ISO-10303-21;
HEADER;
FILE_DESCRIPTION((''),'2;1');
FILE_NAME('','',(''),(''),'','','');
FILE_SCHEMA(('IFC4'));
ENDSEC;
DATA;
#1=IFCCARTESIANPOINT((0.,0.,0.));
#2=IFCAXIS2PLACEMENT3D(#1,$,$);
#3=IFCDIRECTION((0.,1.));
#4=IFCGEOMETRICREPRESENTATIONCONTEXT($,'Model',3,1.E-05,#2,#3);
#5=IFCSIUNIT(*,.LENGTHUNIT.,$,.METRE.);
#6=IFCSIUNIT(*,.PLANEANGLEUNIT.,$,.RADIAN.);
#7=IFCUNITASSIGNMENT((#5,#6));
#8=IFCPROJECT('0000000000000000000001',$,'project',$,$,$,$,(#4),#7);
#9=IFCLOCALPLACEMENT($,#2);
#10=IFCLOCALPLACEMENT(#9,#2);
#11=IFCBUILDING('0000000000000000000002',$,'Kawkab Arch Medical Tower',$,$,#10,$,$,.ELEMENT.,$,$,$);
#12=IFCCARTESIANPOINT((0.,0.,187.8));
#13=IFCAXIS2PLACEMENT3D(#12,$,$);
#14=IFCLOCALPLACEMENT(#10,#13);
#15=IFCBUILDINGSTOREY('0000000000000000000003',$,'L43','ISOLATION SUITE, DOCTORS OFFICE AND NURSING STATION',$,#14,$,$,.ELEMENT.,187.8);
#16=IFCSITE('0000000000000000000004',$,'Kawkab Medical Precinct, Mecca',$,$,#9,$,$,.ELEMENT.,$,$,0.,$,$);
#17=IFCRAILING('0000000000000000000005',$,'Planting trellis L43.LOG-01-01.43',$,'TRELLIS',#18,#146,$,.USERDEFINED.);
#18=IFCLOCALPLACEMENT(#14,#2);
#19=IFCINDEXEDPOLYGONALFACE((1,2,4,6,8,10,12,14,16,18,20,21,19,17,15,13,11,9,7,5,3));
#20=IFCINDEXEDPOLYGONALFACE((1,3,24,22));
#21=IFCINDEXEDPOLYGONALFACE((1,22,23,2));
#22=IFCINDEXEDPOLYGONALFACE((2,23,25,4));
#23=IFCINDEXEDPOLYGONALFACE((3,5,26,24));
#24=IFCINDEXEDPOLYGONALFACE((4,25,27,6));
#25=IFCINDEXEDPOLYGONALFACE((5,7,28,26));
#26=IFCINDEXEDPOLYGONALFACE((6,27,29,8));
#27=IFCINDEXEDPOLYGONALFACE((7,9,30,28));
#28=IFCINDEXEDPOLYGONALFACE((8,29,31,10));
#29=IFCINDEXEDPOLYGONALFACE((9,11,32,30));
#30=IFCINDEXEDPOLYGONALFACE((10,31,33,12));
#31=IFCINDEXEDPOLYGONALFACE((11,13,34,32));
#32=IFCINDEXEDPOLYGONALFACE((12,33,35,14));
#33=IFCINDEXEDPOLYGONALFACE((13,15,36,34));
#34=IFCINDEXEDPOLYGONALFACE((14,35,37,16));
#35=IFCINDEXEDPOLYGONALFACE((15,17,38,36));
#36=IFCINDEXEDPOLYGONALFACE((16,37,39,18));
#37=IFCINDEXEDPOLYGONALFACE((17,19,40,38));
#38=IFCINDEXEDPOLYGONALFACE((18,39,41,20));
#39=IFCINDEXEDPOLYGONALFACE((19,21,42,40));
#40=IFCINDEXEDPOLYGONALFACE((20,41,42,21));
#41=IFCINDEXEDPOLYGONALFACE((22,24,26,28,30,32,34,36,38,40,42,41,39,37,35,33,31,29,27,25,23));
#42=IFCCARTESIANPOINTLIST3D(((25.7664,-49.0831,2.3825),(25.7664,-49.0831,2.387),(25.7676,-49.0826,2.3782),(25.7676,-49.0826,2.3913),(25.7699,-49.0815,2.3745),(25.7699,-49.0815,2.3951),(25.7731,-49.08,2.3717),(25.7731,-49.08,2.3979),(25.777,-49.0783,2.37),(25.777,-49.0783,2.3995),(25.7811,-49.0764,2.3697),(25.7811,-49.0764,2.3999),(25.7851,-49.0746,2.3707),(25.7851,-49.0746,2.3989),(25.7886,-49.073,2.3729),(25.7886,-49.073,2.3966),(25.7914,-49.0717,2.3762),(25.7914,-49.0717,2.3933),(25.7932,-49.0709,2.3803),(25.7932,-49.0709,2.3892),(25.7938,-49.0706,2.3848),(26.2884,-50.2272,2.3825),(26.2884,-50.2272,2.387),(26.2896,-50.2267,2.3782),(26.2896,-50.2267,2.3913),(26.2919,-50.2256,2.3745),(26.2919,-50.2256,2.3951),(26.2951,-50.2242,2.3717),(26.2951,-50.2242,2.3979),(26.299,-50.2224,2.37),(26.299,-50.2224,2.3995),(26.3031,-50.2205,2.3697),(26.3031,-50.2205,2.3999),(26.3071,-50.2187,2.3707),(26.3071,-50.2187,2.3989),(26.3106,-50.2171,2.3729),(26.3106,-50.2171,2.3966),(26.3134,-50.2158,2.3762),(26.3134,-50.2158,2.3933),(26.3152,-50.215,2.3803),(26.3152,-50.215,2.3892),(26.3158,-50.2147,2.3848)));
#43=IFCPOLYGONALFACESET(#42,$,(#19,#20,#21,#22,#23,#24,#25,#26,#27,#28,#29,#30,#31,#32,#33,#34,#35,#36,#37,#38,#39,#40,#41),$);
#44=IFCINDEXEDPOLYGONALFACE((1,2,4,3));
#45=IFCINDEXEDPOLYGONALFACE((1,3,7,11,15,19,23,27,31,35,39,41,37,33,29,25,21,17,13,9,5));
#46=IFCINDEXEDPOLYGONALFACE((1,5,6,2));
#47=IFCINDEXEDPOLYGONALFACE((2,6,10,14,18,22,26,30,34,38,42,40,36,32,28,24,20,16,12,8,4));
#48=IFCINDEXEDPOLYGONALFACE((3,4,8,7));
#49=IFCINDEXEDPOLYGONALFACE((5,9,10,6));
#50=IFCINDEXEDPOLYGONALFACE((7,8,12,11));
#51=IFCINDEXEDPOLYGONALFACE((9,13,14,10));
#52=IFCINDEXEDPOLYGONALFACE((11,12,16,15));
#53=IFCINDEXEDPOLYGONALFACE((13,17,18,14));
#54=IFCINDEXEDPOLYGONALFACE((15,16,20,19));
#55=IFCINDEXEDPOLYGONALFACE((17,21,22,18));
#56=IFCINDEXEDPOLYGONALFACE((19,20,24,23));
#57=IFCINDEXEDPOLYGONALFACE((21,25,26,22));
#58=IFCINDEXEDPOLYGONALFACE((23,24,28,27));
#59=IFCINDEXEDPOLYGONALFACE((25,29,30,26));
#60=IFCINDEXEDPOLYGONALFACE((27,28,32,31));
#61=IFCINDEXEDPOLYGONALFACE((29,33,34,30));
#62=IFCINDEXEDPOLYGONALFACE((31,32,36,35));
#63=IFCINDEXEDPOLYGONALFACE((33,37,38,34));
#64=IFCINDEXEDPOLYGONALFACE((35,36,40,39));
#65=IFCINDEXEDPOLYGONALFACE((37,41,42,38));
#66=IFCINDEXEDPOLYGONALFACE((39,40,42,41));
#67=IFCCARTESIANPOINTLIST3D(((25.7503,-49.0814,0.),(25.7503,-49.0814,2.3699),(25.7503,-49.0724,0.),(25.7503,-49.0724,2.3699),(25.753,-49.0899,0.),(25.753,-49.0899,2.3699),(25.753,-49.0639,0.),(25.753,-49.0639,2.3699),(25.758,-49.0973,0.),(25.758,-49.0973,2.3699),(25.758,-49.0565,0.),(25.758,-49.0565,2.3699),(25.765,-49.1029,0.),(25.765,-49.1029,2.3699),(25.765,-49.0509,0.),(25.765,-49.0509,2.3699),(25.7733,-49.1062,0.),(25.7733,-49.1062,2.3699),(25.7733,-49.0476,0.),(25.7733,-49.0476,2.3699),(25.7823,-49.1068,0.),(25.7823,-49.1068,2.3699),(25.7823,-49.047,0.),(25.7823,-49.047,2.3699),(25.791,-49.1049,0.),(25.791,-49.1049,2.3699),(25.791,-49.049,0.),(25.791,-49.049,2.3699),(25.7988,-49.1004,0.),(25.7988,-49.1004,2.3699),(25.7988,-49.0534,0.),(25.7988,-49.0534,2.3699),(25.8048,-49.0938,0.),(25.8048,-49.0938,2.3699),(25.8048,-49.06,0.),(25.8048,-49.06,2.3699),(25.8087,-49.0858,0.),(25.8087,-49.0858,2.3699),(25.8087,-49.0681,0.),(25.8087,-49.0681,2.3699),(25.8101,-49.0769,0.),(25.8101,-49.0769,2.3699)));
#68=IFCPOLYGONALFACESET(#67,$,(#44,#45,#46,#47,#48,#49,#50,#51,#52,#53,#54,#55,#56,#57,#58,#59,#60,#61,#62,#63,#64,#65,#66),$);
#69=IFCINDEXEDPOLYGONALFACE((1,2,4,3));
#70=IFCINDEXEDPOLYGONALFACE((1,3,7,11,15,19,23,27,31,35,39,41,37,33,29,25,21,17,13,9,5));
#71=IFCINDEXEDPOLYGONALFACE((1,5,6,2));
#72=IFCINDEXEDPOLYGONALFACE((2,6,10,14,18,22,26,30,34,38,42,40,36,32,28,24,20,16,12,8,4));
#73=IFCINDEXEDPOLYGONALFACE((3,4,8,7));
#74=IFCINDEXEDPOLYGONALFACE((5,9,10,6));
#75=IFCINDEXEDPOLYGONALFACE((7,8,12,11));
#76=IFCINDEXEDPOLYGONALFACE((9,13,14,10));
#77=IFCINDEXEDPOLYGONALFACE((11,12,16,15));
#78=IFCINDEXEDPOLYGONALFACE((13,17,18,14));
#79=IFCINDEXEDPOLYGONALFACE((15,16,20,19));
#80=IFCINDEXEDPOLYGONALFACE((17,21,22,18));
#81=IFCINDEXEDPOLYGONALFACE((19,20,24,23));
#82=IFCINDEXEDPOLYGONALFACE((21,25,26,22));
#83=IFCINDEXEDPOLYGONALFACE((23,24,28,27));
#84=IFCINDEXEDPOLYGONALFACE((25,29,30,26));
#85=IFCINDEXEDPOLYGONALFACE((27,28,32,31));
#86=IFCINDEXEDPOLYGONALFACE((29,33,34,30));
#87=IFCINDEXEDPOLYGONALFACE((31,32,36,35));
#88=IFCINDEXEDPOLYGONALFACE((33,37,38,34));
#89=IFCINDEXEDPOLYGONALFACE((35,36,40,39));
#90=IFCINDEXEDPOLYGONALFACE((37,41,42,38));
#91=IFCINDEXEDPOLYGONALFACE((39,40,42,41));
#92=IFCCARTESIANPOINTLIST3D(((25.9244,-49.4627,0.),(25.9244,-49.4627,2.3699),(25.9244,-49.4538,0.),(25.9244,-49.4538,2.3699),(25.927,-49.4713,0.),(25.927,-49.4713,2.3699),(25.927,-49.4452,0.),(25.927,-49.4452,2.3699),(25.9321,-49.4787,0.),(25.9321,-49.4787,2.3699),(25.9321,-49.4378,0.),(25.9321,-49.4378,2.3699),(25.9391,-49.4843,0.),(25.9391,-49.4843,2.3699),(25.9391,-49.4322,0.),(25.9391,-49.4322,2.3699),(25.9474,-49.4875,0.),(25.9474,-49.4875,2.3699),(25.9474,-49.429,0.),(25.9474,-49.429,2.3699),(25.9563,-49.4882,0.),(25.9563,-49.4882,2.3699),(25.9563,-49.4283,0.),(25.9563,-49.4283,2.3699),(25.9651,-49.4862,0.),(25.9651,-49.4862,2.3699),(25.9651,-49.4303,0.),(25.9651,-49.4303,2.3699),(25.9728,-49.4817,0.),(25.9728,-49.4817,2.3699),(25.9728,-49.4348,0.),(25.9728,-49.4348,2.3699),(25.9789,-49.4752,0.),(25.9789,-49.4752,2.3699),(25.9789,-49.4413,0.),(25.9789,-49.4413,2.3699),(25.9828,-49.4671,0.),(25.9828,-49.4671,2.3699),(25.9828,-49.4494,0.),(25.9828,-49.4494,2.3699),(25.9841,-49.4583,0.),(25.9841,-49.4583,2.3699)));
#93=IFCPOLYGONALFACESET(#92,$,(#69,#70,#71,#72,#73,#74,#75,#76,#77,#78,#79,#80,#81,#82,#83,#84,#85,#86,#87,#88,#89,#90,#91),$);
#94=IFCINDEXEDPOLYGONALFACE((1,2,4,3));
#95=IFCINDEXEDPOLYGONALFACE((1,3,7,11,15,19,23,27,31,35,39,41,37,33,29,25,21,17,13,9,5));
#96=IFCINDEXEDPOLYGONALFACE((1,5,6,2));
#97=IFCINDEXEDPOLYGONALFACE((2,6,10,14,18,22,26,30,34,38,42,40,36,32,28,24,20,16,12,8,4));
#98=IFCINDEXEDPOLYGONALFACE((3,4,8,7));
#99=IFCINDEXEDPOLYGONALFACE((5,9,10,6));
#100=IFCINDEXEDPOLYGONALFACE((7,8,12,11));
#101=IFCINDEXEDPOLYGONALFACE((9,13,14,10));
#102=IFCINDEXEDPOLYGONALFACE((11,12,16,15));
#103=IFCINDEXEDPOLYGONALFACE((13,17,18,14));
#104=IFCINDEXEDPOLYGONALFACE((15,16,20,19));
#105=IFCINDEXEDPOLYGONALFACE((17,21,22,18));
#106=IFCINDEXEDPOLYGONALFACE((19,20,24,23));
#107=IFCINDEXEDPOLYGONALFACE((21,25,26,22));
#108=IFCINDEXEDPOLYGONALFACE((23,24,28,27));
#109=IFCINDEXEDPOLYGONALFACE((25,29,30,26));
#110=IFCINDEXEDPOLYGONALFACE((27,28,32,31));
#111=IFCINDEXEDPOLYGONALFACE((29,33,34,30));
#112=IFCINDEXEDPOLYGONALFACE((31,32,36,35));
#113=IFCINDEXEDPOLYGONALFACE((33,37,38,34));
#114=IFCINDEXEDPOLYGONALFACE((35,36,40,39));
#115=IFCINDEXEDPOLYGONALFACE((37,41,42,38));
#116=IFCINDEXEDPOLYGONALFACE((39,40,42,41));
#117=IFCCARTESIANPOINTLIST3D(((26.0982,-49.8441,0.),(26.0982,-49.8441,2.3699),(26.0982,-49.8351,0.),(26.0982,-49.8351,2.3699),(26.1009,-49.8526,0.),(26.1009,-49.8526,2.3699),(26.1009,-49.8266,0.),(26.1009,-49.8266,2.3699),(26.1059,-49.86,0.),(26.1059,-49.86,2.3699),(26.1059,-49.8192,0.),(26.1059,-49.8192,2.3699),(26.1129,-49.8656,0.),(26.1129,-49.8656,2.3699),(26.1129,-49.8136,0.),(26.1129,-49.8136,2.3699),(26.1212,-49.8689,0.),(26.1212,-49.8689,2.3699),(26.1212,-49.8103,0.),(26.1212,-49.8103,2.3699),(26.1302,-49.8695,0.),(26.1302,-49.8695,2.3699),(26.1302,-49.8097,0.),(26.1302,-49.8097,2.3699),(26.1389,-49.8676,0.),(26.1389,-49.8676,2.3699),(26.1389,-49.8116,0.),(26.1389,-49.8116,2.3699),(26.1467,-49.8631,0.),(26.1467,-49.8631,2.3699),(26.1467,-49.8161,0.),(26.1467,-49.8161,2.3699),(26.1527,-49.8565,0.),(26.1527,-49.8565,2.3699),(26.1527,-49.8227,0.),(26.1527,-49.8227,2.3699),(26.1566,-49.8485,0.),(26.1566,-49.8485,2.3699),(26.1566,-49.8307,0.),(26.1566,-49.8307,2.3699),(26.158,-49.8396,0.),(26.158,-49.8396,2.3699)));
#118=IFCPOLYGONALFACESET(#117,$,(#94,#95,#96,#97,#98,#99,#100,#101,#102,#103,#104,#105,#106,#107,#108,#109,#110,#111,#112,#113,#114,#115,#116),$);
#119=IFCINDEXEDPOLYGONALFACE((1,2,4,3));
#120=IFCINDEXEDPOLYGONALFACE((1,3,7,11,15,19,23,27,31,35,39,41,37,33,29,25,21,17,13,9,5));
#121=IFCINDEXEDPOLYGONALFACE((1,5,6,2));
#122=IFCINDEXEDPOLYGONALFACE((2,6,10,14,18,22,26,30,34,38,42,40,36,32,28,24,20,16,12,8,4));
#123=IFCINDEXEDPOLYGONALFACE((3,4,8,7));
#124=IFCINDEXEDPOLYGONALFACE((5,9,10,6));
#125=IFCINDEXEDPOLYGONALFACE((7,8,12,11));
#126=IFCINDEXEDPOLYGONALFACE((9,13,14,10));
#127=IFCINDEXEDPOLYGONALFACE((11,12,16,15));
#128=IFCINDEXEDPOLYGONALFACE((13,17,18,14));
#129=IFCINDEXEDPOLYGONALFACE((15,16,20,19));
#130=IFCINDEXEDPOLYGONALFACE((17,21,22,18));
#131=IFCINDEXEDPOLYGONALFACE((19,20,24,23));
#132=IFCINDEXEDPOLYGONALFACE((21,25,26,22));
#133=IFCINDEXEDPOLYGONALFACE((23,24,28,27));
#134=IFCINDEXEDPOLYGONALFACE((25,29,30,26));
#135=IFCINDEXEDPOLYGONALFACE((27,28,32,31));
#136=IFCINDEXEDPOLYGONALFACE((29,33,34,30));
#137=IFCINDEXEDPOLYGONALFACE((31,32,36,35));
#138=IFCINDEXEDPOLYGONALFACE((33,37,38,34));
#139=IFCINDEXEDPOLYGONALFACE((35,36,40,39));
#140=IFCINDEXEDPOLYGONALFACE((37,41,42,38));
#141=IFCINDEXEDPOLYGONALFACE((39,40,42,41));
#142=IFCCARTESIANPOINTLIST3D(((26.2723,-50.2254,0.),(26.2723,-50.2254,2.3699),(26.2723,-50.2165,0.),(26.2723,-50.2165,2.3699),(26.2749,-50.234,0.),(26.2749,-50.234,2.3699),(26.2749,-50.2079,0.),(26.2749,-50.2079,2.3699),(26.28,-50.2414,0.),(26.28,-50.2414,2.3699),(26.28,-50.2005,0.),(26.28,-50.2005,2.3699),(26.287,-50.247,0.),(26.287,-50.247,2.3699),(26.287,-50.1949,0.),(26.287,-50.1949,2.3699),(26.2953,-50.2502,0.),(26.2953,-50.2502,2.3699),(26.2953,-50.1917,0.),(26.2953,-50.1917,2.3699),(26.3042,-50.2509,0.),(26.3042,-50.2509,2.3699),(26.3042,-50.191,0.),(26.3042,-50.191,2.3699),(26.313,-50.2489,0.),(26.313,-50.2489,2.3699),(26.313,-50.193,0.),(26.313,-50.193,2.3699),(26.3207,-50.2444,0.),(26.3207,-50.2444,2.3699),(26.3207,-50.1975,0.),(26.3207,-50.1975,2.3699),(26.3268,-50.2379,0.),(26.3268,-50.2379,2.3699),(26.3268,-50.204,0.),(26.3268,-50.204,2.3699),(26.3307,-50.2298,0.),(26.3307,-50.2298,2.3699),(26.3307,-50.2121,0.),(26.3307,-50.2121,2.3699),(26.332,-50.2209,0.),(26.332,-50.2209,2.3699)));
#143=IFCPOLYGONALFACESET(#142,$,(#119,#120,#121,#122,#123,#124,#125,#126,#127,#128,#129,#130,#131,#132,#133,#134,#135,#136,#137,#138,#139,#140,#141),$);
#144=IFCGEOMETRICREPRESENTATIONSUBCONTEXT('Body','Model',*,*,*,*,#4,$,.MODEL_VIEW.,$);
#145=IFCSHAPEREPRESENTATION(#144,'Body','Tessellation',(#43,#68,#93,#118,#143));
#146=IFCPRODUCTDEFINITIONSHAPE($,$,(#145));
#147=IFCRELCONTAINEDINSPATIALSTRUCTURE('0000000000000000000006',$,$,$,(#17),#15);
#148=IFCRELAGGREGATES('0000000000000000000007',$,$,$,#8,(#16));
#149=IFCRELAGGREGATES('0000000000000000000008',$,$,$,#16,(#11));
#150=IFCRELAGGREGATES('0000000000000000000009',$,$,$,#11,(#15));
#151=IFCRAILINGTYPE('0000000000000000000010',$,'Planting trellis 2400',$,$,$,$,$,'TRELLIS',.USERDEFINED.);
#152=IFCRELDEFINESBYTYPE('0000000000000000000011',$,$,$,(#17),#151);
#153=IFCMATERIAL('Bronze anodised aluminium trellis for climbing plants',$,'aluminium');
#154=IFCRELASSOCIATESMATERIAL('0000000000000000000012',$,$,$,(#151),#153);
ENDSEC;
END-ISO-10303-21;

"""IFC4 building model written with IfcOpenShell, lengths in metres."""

from ifc_helpers import new_model, si_unit, direction, frame, origin, origin_2d, place, context, subcontext, project, spatial, circle, extrude, material, type_object, element, save


model = new_model("IFC4")

# Units and contexts
model_context = context("Model", 3, precision=1e-05, world=origin(), true_north=direction((0.0, 1.0)))
body_context = subcontext(model_context, "Body", "Model", "MODEL_VIEW")
ifc_project = project(units=[si_unit("LENGTHUNIT", "METRE"), si_unit("PLANEANGLEUNIT", "RADIAN")], contexts=[model_context])

# Site, building, storey
site_placement = place(None, origin())
site = spatial("IfcSite", under=ifc_project, at=site_placement, Name="Kawkab Medical Precinct, Mecca", CompositionType="ELEMENT", RefElevation=0.0)
building_placement = place(site_placement, origin())
building = spatial("IfcBuilding", under=site, at=building_placement, Name="Kawkab Arch Medical Tower", CompositionType="ELEMENT")
storey_placement = place(building_placement, frame((0.0, 0.0, 187.8)))
storey = spatial("IfcBuildingStorey", under=building, at=storey_placement, Name="L43", Description="ISOLATION SUITE, DOCTORS OFFICE AND NURSING STATION", CompositionType="ELEMENT", Elevation=187.8)

# Railing
ifc_material_1 = material(Name="Bronze anodised aluminium trellis for climbing plants", Category="aluminium")
railing_type = type_object("IfcRailingType", Name="Planting trellis 2400", ElementType="TRELLIS", PredefinedType="USERDEFINED", material=ifc_material_1)
railing_1_placement = place(storey_placement, frame((25.78, -49.0769, 0.0)))
element("IfcRailing", 1, at=railing_1_placement, inside=storey, type_object=railing_type, Name="Planting trellis L43.LOG-01-01.43", ObjectType="TRELLIS", PredefinedType="USERDEFINED", context=body_context, shape_type="SweptSolid", body=[
    extrude(circle(Radius=0.0151, at=origin_2d()), frame((0.0, 0.0, 2.3848), z_axis=(0.41509, -0.90978, 0.0), x_axis=(0.90978, 0.41509, 0.0)), (0.0, 0.0, 1.0), 1.2576),
    extrude(circle(Radius=0.03, at=origin_2d()), origin(), (0.0, 0.0, 1.0), 2.3699),
    extrude(circle(Radius=0.03, at=origin_2d()), frame((0.1741, -0.3813, 0.0)), (0.0, 0.0, 1.0), 2.3699),
    extrude(circle(Radius=0.03, at=origin_2d()), frame((0.3479, -0.7627, 0.0)), (0.0, 0.0, 1.0), 2.3699),
    extrude(circle(Radius=0.03, at=origin_2d()), frame((0.522, -1.144, 0.0)), (0.0, 0.0, 1.0), 2.3699),
])

save(model, "model.ifc")
